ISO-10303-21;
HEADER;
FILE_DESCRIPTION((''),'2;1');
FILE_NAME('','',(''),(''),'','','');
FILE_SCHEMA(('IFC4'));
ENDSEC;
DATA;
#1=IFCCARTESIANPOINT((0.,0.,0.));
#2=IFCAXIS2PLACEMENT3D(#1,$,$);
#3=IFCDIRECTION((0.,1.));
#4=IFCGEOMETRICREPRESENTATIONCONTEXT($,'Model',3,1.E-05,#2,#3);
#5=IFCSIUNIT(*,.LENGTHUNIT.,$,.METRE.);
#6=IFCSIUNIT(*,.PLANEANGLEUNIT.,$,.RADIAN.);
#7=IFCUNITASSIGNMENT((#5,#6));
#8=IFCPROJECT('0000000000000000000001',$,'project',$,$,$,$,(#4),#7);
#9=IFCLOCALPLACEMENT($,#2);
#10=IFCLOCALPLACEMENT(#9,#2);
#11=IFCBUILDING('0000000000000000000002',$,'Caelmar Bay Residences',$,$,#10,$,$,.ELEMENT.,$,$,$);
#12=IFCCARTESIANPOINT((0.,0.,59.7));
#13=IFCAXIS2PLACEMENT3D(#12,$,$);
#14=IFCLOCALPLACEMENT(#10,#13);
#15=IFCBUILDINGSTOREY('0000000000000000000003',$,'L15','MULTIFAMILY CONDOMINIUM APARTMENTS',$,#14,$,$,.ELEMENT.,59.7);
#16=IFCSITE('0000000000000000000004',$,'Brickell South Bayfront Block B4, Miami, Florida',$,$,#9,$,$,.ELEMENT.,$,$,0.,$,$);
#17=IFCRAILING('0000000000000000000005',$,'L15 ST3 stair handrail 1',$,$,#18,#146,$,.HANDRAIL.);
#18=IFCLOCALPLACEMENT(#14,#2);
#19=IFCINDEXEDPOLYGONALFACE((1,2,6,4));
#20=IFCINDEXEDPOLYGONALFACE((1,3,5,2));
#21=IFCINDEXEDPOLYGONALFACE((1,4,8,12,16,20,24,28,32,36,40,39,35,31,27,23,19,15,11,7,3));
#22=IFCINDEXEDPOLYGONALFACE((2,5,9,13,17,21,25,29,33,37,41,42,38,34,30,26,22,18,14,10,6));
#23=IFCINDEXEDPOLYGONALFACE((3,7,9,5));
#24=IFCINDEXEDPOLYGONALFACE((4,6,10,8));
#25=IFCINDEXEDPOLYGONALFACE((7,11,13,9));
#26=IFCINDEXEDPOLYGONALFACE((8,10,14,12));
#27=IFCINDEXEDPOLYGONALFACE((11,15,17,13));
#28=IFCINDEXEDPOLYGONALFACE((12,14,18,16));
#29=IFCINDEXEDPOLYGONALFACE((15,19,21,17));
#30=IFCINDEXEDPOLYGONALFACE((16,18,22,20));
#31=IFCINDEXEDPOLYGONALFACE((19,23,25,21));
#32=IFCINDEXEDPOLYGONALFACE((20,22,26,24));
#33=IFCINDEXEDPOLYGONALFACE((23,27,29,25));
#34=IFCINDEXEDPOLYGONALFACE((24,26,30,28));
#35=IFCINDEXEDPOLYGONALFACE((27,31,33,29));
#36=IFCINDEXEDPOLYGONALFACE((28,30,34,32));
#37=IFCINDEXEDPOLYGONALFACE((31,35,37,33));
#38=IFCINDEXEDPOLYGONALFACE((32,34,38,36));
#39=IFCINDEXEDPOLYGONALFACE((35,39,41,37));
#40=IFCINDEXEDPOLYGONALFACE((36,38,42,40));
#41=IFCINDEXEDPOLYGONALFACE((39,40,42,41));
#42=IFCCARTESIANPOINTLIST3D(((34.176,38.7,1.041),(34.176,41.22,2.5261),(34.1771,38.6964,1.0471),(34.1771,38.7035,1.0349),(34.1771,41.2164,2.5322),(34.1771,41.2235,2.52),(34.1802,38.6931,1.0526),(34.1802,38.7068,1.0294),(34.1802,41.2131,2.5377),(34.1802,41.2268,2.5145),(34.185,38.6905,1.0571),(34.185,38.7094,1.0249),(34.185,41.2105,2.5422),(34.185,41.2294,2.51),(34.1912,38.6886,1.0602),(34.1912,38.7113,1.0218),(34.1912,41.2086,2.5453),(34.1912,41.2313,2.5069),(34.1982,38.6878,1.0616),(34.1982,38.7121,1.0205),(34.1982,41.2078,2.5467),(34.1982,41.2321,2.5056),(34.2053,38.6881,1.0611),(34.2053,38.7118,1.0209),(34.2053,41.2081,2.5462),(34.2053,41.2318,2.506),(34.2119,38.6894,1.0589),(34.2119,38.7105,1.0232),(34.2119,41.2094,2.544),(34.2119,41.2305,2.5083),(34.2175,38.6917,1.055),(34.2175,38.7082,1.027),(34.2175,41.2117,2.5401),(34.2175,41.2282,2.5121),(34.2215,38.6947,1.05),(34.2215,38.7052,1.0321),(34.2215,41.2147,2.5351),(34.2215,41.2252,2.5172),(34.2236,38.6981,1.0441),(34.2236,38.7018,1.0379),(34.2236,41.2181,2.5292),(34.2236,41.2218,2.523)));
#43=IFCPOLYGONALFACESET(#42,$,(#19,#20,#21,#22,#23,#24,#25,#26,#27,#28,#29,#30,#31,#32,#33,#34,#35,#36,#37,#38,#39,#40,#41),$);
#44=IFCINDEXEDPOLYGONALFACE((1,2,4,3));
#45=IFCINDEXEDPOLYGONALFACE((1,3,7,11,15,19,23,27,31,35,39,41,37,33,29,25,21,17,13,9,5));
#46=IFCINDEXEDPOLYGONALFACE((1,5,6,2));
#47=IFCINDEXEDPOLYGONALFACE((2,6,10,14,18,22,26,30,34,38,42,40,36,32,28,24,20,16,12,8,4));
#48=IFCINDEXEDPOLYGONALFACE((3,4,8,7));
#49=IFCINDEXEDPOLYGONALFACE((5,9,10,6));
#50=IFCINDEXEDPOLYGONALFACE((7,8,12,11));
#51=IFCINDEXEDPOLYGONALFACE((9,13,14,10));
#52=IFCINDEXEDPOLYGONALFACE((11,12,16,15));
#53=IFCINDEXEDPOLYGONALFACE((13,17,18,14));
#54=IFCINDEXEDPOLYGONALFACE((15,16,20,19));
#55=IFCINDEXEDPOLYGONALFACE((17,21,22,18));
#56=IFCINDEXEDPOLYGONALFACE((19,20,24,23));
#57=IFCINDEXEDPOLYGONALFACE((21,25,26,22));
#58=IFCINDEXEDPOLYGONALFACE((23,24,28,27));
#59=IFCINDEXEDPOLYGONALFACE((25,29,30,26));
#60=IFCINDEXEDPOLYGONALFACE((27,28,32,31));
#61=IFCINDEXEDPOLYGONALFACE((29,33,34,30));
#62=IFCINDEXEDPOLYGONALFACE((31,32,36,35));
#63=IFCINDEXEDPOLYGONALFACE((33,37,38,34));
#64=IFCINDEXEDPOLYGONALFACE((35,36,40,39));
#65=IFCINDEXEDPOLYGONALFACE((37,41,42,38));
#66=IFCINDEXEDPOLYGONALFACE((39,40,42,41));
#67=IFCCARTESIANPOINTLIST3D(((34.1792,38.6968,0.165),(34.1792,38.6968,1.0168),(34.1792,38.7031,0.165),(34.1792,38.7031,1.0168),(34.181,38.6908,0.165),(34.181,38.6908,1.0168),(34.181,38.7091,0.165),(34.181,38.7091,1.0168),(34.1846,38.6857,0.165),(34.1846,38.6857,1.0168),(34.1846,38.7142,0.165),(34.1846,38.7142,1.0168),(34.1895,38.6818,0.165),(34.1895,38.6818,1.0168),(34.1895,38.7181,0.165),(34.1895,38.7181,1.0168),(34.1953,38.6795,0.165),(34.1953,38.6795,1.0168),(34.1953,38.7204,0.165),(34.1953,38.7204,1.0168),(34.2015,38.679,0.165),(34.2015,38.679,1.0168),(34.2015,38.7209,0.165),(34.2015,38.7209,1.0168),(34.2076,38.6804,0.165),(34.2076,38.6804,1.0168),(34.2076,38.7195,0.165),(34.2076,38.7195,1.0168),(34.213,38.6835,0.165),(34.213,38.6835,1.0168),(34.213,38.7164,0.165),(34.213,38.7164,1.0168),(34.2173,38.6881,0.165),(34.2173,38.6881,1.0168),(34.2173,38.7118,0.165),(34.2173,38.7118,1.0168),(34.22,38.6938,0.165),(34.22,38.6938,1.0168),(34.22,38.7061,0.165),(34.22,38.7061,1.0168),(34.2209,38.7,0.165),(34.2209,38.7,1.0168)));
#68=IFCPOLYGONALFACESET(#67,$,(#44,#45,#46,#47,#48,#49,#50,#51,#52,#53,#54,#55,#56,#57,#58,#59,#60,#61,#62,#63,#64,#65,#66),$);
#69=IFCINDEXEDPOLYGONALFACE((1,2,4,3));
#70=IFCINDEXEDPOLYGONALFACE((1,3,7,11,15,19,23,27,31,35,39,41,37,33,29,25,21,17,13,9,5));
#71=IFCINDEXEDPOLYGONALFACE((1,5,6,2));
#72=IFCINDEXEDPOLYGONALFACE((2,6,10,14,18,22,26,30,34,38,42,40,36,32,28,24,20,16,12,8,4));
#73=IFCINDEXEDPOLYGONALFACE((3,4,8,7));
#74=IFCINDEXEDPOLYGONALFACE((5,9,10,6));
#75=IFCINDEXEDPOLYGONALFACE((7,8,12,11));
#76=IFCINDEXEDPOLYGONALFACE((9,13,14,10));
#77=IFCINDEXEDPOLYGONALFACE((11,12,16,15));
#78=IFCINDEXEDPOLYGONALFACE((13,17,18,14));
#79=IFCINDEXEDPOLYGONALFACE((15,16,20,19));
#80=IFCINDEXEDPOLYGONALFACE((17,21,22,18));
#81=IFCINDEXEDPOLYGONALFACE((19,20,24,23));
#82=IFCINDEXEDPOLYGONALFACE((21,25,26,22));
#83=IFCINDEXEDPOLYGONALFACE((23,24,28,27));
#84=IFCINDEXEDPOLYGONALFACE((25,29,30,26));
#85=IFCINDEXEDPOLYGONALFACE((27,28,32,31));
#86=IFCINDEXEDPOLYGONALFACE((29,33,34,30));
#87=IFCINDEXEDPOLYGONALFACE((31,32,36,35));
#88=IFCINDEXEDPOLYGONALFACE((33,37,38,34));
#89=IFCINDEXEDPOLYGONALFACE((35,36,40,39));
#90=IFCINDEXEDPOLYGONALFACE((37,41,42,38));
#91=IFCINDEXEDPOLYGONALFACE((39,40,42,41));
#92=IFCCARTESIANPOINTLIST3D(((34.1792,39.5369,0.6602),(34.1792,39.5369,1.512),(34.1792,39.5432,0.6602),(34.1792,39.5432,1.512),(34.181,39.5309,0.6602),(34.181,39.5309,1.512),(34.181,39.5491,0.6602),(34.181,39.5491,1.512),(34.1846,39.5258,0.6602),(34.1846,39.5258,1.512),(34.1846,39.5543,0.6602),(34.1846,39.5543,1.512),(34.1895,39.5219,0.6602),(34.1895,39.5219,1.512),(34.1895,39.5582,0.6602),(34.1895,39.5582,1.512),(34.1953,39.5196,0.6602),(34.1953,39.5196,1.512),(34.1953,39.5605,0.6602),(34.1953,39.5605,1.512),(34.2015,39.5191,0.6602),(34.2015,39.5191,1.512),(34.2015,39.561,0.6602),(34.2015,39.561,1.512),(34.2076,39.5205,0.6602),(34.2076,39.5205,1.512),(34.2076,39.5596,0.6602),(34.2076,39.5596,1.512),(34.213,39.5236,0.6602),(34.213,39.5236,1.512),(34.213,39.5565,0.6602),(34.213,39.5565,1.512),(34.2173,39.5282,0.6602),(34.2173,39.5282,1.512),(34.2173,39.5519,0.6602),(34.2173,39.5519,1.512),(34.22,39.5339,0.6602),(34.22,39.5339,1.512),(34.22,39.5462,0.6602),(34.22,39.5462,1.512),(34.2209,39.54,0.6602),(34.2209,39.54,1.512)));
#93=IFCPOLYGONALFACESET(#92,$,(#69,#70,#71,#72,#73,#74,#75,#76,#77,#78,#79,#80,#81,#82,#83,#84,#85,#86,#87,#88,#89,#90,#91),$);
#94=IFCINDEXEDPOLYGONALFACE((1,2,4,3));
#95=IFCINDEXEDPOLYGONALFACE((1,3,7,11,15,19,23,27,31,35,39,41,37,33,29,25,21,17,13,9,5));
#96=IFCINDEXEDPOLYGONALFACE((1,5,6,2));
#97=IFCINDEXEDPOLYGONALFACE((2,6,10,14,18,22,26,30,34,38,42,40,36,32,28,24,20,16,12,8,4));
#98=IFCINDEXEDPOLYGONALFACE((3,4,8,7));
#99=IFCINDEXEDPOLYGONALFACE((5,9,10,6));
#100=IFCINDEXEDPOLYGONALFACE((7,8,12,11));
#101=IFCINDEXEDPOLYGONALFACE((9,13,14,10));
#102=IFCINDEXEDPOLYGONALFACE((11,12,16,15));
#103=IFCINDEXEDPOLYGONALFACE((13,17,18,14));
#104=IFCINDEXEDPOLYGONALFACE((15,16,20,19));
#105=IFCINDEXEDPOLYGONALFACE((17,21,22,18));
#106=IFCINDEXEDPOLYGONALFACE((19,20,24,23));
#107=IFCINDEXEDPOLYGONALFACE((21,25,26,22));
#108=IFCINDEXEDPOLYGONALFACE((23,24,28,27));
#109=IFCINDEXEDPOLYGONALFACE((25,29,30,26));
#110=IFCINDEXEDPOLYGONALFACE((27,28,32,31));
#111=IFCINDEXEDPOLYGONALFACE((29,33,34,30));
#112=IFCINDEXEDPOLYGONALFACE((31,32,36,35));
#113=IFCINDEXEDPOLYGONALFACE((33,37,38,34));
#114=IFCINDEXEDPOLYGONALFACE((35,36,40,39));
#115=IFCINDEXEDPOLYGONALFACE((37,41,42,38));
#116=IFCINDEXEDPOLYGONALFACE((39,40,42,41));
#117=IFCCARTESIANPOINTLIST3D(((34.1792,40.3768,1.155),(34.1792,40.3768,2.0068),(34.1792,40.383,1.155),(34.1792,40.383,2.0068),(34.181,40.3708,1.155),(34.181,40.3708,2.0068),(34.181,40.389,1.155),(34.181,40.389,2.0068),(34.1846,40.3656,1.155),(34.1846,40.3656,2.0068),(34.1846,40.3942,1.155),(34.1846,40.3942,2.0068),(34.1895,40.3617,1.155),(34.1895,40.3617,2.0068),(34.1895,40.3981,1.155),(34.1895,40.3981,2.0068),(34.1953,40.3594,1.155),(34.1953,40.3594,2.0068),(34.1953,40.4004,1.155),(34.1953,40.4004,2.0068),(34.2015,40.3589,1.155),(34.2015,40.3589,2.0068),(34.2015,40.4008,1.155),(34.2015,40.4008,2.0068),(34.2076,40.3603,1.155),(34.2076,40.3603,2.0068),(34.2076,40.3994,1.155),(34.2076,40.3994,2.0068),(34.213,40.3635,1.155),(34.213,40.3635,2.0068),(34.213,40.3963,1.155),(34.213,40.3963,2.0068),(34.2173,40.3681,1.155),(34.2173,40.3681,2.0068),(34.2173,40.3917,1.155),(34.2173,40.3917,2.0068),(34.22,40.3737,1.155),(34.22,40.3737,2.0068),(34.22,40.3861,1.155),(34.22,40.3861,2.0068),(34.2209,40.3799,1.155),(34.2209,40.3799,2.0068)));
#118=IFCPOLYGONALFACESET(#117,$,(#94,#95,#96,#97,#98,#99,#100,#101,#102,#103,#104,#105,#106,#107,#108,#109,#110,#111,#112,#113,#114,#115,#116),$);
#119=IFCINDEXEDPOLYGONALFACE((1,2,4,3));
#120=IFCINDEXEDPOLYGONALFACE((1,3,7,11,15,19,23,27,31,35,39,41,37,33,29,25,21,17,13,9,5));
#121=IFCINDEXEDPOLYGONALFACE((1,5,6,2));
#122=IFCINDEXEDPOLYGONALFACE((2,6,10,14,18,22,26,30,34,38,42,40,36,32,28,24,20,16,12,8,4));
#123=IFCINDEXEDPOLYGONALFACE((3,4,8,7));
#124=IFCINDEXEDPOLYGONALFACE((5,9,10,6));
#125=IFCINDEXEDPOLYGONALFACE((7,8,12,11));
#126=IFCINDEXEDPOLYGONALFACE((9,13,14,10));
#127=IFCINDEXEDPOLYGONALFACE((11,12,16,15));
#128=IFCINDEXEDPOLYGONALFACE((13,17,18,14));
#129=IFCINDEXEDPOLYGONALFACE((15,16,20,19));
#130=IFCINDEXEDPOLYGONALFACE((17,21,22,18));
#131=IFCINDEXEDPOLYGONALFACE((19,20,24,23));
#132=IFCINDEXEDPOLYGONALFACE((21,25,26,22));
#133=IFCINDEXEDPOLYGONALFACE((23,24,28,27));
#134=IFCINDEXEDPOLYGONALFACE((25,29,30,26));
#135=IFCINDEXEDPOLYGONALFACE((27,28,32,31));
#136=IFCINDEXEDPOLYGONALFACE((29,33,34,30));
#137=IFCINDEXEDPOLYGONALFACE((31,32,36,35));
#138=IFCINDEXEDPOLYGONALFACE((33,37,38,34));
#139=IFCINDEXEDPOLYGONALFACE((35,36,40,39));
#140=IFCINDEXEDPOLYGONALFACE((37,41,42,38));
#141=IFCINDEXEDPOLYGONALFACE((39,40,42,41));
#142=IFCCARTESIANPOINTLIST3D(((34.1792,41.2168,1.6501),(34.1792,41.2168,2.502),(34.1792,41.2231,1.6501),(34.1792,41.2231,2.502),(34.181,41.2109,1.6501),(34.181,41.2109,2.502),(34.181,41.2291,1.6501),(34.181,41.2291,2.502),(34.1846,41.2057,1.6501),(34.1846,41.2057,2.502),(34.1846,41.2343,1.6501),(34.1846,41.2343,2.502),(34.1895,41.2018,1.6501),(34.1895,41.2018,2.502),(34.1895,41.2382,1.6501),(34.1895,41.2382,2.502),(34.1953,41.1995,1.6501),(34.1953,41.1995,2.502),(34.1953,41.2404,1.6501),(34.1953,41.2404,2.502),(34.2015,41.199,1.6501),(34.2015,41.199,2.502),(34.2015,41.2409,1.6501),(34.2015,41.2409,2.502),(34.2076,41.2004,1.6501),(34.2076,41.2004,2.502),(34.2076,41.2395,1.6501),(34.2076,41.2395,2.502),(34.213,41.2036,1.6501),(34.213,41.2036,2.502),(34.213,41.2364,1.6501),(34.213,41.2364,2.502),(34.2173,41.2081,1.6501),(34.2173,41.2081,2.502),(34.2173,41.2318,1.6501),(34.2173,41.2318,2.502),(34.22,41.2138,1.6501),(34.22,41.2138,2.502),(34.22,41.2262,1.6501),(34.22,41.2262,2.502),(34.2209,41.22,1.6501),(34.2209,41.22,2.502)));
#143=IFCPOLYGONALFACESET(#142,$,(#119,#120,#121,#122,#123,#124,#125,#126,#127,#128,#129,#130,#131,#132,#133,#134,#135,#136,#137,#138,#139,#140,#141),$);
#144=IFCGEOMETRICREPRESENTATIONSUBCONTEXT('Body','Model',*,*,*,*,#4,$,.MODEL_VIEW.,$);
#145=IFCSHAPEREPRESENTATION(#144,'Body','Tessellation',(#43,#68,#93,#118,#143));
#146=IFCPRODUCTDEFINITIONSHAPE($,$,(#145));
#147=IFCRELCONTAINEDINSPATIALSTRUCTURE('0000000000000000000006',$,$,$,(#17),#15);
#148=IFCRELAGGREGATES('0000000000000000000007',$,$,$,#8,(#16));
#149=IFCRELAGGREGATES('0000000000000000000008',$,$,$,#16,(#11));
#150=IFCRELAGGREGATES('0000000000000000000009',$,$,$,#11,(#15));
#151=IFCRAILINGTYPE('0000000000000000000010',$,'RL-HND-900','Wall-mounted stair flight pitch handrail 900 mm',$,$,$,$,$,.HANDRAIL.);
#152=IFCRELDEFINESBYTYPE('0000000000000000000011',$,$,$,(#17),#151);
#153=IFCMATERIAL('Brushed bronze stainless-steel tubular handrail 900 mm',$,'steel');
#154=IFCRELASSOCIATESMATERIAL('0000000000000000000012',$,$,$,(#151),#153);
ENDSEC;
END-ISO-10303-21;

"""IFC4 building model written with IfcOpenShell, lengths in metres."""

from ifc_helpers import new_model, si_unit, direction, frame, origin, origin_2d, place, context, subcontext, project, spatial, circle, extrude, material, type_object, element, save


model = new_model("IFC4")

# Units and contexts
model_context = context("Model", 3, precision=1e-05, world=origin(), true_north=direction((0.0, 1.0)))
body_context = subcontext(model_context, "Body", "Model", "MODEL_VIEW")
ifc_project = project(units=[si_unit("LENGTHUNIT", "METRE"), si_unit("PLANEANGLEUNIT", "RADIAN")], contexts=[model_context])

# Site, building, storey
site_placement = place(None, origin())
site = spatial("IfcSite", under=ifc_project, at=site_placement, Name="Brickell South Bayfront Block B4, Miami, Florida", CompositionType="ELEMENT", RefElevation=0.0)
building_placement = place(site_placement, origin())
building = spatial("IfcBuilding", under=site, at=building_placement, Name="Caelmar Bay Residences", CompositionType="ELEMENT")
storey_placement = place(building_placement, frame((0.0, 0.0, 59.7)))
storey = spatial("IfcBuildingStorey", under=building, at=storey_placement, Name="L15", Description="MULTIFAMILY CONDOMINIUM APARTMENTS", CompositionType="ELEMENT", Elevation=59.7)

# Railing
ifc_material_1 = material(Name="Brushed bronze stainless-steel tubular handrail 900 mm", Category="steel")
railing_type_1 = type_object("IfcRailingType", Name="RL-HND-900", Description="Wall-mounted stair flight pitch handrail 900 mm", PredefinedType="HANDRAIL", material=ifc_material_1)
railing_1_placement = place(storey_placement, frame((34.2, 38.7, 0.165)))
element("IfcRailing", 1, at=railing_1_placement, inside=storey, type_object=railing_type_1, Name="L15 ST3 stair handrail 1", PredefinedType="HANDRAIL", context=body_context, shape_type="SweptSolid", body=[
    extrude(circle(Radius=0.0239, at=origin_2d()), frame((0.0, 0.0, 0.876), z_axis=(0.0, 0.861524, 0.507717), x_axis=(-1.0, 0.0, 0.0)), (0.0, 0.0, 1.0), 2.925),
    extrude(circle(Radius=0.021, at=origin_2d()), origin(), (0.0, 0.0, 1.0), 0.8518),
    extrude(circle(Radius=0.021, at=origin_2d()), frame((0.0, 0.8401, 0.4951)), (0.0, 0.0, 1.0), 0.8518),
    extrude(circle(Radius=0.021, at=origin_2d()), frame((0.0, 1.6799, 0.99)), (0.0, 0.0, 1.0), 0.8518),
    extrude(circle(Radius=0.021, at=origin_2d()), frame((0.0, 2.52, 1.4851)), (0.0, 0.0, 1.0), 0.8518),
])

save(model, "model.ifc")
